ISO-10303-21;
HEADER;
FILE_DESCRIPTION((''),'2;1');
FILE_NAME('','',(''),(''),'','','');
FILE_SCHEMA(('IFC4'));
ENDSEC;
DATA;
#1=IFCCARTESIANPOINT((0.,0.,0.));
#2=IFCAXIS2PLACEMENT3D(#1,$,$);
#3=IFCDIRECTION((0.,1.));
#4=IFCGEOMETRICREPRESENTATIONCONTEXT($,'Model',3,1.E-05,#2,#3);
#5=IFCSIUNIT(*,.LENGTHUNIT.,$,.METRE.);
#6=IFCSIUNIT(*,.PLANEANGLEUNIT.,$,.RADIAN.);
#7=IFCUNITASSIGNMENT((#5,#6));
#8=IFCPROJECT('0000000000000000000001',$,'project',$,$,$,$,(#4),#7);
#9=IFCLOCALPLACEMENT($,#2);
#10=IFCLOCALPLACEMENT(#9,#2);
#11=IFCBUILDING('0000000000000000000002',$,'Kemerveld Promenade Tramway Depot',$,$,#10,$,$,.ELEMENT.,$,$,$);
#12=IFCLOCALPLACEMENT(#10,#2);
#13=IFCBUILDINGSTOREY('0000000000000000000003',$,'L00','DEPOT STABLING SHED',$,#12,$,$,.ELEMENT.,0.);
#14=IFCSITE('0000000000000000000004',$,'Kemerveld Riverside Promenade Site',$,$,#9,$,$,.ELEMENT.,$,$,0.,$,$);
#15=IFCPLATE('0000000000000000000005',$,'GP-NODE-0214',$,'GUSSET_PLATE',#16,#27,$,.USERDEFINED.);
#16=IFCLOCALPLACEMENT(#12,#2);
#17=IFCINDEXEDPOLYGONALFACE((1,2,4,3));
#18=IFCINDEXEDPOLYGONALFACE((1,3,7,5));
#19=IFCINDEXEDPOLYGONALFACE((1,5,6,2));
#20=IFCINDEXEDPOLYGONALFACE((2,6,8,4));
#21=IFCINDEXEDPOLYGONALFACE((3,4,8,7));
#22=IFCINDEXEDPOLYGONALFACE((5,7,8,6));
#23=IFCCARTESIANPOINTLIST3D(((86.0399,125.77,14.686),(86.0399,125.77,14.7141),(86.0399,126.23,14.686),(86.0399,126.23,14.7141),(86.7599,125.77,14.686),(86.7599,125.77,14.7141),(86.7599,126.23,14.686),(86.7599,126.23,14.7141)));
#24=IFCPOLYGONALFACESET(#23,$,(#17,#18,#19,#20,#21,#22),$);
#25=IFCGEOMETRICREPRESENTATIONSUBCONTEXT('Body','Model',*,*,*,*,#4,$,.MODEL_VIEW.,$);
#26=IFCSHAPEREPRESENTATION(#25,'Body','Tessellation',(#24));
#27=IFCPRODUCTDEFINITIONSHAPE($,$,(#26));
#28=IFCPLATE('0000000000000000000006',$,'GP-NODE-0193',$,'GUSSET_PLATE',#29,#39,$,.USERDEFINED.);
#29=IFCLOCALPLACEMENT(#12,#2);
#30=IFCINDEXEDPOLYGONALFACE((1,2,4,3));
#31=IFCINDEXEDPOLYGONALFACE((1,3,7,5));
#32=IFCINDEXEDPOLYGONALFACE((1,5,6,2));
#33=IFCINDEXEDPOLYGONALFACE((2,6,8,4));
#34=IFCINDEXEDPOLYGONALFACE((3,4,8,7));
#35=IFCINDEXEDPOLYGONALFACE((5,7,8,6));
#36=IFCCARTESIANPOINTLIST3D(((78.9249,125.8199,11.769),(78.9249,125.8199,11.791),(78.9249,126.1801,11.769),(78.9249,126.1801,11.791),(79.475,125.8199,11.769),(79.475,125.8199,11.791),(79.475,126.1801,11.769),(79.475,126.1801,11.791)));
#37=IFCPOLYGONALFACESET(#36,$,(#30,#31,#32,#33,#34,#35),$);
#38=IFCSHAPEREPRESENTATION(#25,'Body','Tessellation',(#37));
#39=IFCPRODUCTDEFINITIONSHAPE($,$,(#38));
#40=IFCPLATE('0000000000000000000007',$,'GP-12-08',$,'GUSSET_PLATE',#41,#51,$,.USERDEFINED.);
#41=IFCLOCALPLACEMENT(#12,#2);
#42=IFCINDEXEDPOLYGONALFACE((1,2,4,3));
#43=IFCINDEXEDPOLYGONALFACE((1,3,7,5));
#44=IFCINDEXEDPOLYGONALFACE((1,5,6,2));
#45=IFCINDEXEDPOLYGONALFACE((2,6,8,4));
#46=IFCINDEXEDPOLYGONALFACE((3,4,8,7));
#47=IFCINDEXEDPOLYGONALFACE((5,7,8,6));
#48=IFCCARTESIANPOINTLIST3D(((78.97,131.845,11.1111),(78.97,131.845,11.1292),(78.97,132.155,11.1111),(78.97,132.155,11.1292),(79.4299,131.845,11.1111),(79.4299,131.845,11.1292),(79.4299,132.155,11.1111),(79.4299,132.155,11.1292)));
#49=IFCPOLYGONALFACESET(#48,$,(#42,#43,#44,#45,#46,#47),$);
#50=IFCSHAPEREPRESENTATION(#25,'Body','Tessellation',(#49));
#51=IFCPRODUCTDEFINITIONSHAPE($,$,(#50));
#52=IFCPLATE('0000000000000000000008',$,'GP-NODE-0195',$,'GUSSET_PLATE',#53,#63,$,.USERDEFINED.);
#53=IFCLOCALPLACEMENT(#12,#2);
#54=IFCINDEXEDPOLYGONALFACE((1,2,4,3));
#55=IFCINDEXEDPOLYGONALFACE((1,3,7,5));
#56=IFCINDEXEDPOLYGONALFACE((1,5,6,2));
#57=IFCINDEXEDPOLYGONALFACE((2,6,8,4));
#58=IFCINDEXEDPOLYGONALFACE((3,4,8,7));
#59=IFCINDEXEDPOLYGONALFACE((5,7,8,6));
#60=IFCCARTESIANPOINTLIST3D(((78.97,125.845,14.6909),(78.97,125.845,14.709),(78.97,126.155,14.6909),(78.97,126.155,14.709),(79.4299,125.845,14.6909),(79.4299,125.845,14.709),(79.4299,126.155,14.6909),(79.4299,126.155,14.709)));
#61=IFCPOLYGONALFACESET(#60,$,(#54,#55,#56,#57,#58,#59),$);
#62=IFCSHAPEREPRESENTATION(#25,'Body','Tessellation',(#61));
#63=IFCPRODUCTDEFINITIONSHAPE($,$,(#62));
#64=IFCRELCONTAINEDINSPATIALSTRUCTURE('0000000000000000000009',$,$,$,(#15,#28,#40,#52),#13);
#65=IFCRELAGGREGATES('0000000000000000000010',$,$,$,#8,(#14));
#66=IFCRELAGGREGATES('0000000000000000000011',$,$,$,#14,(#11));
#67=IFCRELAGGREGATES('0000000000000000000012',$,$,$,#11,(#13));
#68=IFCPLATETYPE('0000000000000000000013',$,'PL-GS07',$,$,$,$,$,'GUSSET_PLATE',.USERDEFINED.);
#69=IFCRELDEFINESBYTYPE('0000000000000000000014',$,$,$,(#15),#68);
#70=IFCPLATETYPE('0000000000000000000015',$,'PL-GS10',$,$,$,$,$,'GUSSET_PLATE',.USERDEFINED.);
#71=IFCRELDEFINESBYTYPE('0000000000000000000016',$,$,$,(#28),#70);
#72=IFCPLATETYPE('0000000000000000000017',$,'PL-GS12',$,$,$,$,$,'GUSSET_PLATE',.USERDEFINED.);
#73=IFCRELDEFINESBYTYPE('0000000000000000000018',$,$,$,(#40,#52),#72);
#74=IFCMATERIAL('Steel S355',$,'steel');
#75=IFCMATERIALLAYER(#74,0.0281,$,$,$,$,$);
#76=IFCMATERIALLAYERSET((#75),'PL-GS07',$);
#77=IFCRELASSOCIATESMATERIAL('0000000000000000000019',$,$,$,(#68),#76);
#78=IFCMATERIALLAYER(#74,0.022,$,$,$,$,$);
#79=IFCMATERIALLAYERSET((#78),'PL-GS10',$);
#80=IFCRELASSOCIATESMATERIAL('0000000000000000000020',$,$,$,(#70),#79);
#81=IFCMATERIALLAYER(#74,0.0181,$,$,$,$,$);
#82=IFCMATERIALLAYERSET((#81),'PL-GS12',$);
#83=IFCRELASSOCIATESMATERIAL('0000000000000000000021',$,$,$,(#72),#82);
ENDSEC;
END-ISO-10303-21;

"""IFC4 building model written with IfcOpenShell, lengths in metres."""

from ifc_helpers import new_model, si_unit, direction, frame, origin, origin_2d, place, context, subcontext, project, spatial, rectangle, extrude, material, layer, layer_set, type_object, element, save


model = new_model("IFC4")

# Units and contexts
model_context = context("Model", 3, precision=1e-05, world=origin(), true_north=direction((0.0, 1.0)))
body_context = subcontext(model_context, "Body", "Model", "MODEL_VIEW")
ifc_project = project(units=[si_unit("LENGTHUNIT", "METRE"), si_unit("PLANEANGLEUNIT", "RADIAN")], contexts=[model_context])

# Site, building, storey
site_placement = place(None, origin())
site = spatial("IfcSite", under=ifc_project, at=site_placement, Name="Kemerveld Riverside Promenade Site", CompositionType="ELEMENT", RefElevation=0.0)
building_placement = place(site_placement, origin())
building = spatial("IfcBuilding", under=site, at=building_placement, Name="Kemerveld Promenade Tramway Depot", CompositionType="ELEMENT")
storey_placement = place(building_placement, origin())
storey = spatial("IfcBuildingStorey", under=building, at=storey_placement, Name="L00", Description="DEPOT STABLING SHED", CompositionType="ELEMENT", Elevation=0.0)

# Shared definitions
ifc_material_1 = material(Name="Steel S355", Category="steel")

# Plates
ifc_layer_1 = layer(ifc_material_1, 0.0281)
ifc_layer_set_1 = layer_set([ifc_layer_1], Name="PL-GS07")
plate_type_1 = type_object("IfcPlateType", Name="PL-GS07", ElementType="GUSSET_PLATE", PredefinedType="USERDEFINED", material=ifc_layer_set_1)
plate_1_placement = place(storey_placement, frame((86.3999, 126.0, 14.686), z_axis=(0.0, 0.0, 1.0), x_axis=(1.0, 0.0, 0.0)))
element("IfcPlate", 1, at=plate_1_placement, inside=storey, type_object=plate_type_1, Name="GP-NODE-0214", ObjectType="GUSSET_PLATE", PredefinedType="USERDEFINED", context=body_context, shape_type="SweptSolid", body=[
    extrude(rectangle(XDim=0.72, YDim=0.46, at=origin_2d()), origin(), (0.0, 0.0, 1.0), 0.0281),
])
ifc_layer_2 = layer(ifc_material_1, 0.022)
ifc_layer_set_2 = layer_set([ifc_layer_2], Name="PL-GS10")
plate_type_2 = type_object("IfcPlateType", Name="PL-GS10", ElementType="GUSSET_PLATE", PredefinedType="USERDEFINED", material=ifc_layer_set_2)
plate_2_placement = place(storey_placement, frame((79.2, 126.0, 11.769), z_axis=(0.0, 0.0, 1.0), x_axis=(1.0, 0.0, 0.0)))
element("IfcPlate", 2, at=plate_2_placement, inside=storey, type_object=plate_type_2, Name="GP-NODE-0193", ObjectType="GUSSET_PLATE", PredefinedType="USERDEFINED", context=body_context, shape_type="SweptSolid", body=[
    extrude(rectangle(XDim=0.55, YDim=0.3601, at=origin_2d()), origin(), (0.0, 0.0, 1.0), 0.022),
])
ifc_layer_3 = layer(ifc_material_1, 0.0181)
ifc_layer_set_3 = layer_set([ifc_layer_3], Name="PL-GS12")
plate_type_3 = type_object("IfcPlateType", Name="PL-GS12", ElementType="GUSSET_PLATE", PredefinedType="USERDEFINED", material=ifc_layer_set_3)
for number, where, z_axis, x_axis, name in (
    (3, (79.2, 132.0, 11.1111), (0.0, 0.0, 1.0), (1.0, 0.0, 0.0), "GP-12-08"),
    (4, (79.2, 126.0, 14.6909), (0.0, 0.0, 1.0), (1.0, 0.0, 0.0), "GP-NODE-0195"),
):
    element("IfcPlate", number, at=place(storey_placement, frame(where, z_axis=z_axis, x_axis=x_axis)), inside=storey, type_object=plate_type_3, Name=name, ObjectType="GUSSET_PLATE", PredefinedType="USERDEFINED", context=body_context, shape_type="SweptSolid", body=[
        extrude(rectangle(XDim=0.46, YDim=0.3101, at=origin_2d()), origin(), (0.0, 0.0, 1.0), 0.0181),
    ])

save(model, "model.ifc")
